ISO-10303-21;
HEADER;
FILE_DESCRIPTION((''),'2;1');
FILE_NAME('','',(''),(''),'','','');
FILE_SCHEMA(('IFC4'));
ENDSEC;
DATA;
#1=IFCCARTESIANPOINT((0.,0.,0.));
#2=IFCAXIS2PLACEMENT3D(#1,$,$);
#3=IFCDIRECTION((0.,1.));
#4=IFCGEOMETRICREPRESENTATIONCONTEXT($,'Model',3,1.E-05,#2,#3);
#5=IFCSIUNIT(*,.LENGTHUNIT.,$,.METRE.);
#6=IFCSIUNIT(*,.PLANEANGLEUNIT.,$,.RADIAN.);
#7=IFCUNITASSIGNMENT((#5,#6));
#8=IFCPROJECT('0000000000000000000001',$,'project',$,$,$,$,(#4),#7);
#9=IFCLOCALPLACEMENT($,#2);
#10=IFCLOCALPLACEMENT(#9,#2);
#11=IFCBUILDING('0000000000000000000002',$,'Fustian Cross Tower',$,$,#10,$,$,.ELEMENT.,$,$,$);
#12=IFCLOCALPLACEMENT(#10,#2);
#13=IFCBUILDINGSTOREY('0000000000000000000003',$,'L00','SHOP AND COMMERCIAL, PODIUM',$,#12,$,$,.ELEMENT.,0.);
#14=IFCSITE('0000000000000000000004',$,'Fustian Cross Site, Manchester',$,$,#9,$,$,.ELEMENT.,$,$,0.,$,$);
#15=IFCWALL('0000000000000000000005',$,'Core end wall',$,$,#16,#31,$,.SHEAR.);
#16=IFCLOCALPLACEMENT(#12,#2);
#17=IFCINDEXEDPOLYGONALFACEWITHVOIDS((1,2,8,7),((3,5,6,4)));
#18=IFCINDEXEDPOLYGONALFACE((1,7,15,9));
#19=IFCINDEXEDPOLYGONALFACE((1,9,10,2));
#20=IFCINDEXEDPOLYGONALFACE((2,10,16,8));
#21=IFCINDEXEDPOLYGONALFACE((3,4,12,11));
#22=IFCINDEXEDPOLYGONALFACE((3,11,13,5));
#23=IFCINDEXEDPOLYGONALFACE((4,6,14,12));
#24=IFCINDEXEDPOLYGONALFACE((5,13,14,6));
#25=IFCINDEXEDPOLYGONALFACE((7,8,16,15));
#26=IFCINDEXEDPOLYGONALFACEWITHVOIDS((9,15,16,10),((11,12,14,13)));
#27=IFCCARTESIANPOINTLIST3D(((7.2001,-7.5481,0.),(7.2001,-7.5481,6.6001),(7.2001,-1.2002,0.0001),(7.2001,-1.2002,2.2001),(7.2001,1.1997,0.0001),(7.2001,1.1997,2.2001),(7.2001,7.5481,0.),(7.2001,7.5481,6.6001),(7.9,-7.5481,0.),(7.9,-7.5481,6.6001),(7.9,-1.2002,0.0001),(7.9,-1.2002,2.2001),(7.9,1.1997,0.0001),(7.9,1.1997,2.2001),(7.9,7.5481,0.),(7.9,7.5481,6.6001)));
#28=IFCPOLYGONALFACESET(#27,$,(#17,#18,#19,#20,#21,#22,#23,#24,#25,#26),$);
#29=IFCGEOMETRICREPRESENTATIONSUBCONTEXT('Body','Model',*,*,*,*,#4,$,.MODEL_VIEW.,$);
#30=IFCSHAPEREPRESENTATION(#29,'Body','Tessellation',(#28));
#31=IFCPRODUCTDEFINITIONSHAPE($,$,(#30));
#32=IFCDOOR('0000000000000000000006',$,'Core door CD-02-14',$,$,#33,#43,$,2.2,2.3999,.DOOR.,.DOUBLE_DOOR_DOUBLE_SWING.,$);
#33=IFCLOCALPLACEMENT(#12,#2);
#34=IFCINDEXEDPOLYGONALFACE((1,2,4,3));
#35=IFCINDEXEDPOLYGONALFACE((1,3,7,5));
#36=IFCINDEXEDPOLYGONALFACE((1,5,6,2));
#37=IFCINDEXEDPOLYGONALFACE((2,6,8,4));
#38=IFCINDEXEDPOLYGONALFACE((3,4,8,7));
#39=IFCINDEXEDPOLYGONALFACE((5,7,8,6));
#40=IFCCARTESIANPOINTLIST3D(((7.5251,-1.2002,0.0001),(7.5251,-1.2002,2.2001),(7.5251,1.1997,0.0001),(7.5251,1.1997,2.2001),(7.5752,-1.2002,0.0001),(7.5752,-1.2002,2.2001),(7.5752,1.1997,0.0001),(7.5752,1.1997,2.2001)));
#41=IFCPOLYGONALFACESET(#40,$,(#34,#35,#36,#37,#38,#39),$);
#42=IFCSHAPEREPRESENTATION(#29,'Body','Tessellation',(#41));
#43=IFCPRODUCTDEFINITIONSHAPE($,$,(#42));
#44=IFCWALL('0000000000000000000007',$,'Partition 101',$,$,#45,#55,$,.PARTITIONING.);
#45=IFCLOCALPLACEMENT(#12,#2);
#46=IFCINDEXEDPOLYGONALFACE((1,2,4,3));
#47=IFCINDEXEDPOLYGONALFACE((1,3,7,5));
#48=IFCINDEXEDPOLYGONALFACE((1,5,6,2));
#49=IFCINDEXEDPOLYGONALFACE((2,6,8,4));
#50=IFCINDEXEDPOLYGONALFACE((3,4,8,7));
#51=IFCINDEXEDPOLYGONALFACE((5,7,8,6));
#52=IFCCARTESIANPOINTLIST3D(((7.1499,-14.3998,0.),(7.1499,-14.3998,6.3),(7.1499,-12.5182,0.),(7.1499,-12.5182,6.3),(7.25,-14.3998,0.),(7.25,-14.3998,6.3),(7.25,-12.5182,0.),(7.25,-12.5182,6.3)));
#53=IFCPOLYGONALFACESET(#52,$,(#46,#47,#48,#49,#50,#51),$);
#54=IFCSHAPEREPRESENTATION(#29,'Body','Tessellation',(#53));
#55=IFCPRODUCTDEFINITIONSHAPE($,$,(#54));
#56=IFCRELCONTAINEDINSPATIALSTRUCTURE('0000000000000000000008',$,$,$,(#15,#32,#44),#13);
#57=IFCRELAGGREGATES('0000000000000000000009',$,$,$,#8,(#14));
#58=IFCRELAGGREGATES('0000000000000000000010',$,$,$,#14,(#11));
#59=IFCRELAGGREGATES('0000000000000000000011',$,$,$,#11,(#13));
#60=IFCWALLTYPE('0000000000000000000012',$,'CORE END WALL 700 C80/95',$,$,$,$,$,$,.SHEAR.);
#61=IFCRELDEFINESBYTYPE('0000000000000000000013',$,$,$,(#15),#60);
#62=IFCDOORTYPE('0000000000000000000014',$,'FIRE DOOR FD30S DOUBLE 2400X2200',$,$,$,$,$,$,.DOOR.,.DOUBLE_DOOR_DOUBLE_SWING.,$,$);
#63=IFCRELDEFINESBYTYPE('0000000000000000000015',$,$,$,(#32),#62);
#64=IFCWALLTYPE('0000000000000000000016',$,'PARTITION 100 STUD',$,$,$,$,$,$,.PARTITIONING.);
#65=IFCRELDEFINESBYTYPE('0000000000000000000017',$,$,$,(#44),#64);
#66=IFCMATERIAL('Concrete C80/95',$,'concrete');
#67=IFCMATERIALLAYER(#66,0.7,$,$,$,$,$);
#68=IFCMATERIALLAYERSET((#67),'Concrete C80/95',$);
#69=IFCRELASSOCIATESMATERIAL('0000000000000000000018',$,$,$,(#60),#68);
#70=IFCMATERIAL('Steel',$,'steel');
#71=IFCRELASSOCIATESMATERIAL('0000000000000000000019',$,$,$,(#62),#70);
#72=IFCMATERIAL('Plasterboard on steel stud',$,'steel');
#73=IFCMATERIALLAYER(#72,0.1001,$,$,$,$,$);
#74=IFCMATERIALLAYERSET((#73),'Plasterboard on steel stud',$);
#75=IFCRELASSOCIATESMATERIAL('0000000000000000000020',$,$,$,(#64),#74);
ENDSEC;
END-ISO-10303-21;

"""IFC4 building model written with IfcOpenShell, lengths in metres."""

from ifc_helpers import new_model, si_unit, direction, frame, frame_2d, origin, place, context, subcontext, project, spatial, rectangle, extrude, material, layer, layer_set, type_object, element, fill, save


model = new_model("IFC4")

# Units and contexts
model_context = context("Model", 3, precision=1e-05, world=origin(), true_north=direction((0.0, 1.0)))
body_context = subcontext(model_context, "Body", "Model", "MODEL_VIEW")
ifc_project = project(units=[si_unit("LENGTHUNIT", "METRE"), si_unit("PLANEANGLEUNIT", "RADIAN")], contexts=[model_context])

# Site, building, storey
site_placement = place(None, origin())
site = spatial("IfcSite", under=ifc_project, at=site_placement, Name="Fustian Cross Site, Manchester", CompositionType="ELEMENT", RefElevation=0.0)
building_placement = place(site_placement, origin())
building = spatial("IfcBuilding", under=site, at=building_placement, Name="Fustian Cross Tower", CompositionType="ELEMENT")
storey_placement = place(building_placement, origin())
storey = spatial("IfcBuildingStorey", under=building, at=storey_placement, Name="L00", Description="SHOP AND COMMERCIAL, PODIUM", CompositionType="ELEMENT", Elevation=0.0)

# Wall, opening, door
ifc_material_1 = material(Name="Concrete C80/95", Category="concrete")
ifc_layer_1 = layer(ifc_material_1, 0.7)
ifc_layer_set_1 = layer_set([ifc_layer_1], Name="Concrete C80/95")
wall_type_1 = type_object("IfcWallType", Name="CORE END WALL 700 C80/95", PredefinedType="SHEAR", material=ifc_layer_set_1)
wall_1_placement = place(storey_placement, frame((7.55, -7.5481, 0.0), z_axis=(0.0, 0.0, 1.0), x_axis=(0.0, 1.0, 0.0)))
wall_1 = element("IfcWall", 1, at=wall_1_placement, inside=storey, type_object=wall_type_1, Name="Core end wall", PredefinedType="SHEAR", context=body_context, shape_type="SweptSolid", body=[
    extrude(rectangle(XDim=15.0962, YDim=0.7, at=frame_2d((7.5481, 0.0))), origin(), (0.0, 0.0, 1.0), 6.6001),
])
opening_1_placement = place(wall_1_placement, frame((6.3479, 0.0, 0.0)))
opening_1 = element("IfcOpeningElement", 2, at=opening_1_placement, cuts=wall_1, PredefinedType="OPENING", context=body_context, shape_type="SweptSolid", body=[
    extrude(rectangle(XDim=2.3999, YDim=2.2, at=frame_2d((1.2, 1.1001))), frame((0.0, 0.3599, 0.0), z_axis=(0.0, -1.0, 0.0), x_axis=(1.0, 0.0, 0.0)), (0.0, 0.0, 1.0), 0.72),
])
ifc_material_2 = material(Name="Steel", Category="steel")
door_type_1 = type_object("IfcDoorType", Name="FIRE DOOR FD30S DOUBLE 2400X2200", OperationType="DOUBLE_DOOR_DOUBLE_SWING", PredefinedType="DOOR", material=ifc_material_2)
door_1_placement = place(opening_1_placement, origin())
door_1 = element("IfcDoor", 3, at=door_1_placement, inside=storey, type_object=door_type_1, Name="Core door CD-02-14", OperationType="DOUBLE_DOOR_DOUBLE_SWING", OverallHeight=2.2, OverallWidth=2.3999, PredefinedType="DOOR", context=body_context, shape_type="SweptSolid", body=[
    extrude(rectangle(XDim=2.3999, YDim=2.2, at=frame_2d((1.2, 1.1001))), frame((0.0, 0.0249, 0.0), z_axis=(0.0, -1.0, 0.0), x_axis=(1.0, 0.0, 0.0)), (0.0, 0.0, 1.0), 0.05),
])
fill(opening_1, door_1)

# Wall
ifc_material_3 = material(Name="Plasterboard on steel stud", Category="steel")
ifc_layer_2 = layer(ifc_material_3, 0.1001)
ifc_layer_set_2 = layer_set([ifc_layer_2], Name="Plasterboard on steel stud")
wall_type_2 = type_object("IfcWallType", Name="PARTITION 100 STUD", PredefinedType="PARTITIONING", material=ifc_layer_set_2)
wall_2_placement = place(storey_placement, frame((7.2, -14.3999, 0.0), z_axis=(0.0, 0.0, 1.0), x_axis=(0.0, 1.0, 0.0)))
element("IfcWall", 4, at=wall_2_placement, inside=storey, type_object=wall_type_2, Name="Partition 101", PredefinedType="PARTITIONING", context=body_context, shape_type="SweptSolid", body=[
    extrude(rectangle(XDim=1.8816, YDim=0.1001, at=frame_2d((0.9409, 0.0))), origin(), (0.0, 0.0, 1.0), 6.3),
])

save(model, "model.ifc")
